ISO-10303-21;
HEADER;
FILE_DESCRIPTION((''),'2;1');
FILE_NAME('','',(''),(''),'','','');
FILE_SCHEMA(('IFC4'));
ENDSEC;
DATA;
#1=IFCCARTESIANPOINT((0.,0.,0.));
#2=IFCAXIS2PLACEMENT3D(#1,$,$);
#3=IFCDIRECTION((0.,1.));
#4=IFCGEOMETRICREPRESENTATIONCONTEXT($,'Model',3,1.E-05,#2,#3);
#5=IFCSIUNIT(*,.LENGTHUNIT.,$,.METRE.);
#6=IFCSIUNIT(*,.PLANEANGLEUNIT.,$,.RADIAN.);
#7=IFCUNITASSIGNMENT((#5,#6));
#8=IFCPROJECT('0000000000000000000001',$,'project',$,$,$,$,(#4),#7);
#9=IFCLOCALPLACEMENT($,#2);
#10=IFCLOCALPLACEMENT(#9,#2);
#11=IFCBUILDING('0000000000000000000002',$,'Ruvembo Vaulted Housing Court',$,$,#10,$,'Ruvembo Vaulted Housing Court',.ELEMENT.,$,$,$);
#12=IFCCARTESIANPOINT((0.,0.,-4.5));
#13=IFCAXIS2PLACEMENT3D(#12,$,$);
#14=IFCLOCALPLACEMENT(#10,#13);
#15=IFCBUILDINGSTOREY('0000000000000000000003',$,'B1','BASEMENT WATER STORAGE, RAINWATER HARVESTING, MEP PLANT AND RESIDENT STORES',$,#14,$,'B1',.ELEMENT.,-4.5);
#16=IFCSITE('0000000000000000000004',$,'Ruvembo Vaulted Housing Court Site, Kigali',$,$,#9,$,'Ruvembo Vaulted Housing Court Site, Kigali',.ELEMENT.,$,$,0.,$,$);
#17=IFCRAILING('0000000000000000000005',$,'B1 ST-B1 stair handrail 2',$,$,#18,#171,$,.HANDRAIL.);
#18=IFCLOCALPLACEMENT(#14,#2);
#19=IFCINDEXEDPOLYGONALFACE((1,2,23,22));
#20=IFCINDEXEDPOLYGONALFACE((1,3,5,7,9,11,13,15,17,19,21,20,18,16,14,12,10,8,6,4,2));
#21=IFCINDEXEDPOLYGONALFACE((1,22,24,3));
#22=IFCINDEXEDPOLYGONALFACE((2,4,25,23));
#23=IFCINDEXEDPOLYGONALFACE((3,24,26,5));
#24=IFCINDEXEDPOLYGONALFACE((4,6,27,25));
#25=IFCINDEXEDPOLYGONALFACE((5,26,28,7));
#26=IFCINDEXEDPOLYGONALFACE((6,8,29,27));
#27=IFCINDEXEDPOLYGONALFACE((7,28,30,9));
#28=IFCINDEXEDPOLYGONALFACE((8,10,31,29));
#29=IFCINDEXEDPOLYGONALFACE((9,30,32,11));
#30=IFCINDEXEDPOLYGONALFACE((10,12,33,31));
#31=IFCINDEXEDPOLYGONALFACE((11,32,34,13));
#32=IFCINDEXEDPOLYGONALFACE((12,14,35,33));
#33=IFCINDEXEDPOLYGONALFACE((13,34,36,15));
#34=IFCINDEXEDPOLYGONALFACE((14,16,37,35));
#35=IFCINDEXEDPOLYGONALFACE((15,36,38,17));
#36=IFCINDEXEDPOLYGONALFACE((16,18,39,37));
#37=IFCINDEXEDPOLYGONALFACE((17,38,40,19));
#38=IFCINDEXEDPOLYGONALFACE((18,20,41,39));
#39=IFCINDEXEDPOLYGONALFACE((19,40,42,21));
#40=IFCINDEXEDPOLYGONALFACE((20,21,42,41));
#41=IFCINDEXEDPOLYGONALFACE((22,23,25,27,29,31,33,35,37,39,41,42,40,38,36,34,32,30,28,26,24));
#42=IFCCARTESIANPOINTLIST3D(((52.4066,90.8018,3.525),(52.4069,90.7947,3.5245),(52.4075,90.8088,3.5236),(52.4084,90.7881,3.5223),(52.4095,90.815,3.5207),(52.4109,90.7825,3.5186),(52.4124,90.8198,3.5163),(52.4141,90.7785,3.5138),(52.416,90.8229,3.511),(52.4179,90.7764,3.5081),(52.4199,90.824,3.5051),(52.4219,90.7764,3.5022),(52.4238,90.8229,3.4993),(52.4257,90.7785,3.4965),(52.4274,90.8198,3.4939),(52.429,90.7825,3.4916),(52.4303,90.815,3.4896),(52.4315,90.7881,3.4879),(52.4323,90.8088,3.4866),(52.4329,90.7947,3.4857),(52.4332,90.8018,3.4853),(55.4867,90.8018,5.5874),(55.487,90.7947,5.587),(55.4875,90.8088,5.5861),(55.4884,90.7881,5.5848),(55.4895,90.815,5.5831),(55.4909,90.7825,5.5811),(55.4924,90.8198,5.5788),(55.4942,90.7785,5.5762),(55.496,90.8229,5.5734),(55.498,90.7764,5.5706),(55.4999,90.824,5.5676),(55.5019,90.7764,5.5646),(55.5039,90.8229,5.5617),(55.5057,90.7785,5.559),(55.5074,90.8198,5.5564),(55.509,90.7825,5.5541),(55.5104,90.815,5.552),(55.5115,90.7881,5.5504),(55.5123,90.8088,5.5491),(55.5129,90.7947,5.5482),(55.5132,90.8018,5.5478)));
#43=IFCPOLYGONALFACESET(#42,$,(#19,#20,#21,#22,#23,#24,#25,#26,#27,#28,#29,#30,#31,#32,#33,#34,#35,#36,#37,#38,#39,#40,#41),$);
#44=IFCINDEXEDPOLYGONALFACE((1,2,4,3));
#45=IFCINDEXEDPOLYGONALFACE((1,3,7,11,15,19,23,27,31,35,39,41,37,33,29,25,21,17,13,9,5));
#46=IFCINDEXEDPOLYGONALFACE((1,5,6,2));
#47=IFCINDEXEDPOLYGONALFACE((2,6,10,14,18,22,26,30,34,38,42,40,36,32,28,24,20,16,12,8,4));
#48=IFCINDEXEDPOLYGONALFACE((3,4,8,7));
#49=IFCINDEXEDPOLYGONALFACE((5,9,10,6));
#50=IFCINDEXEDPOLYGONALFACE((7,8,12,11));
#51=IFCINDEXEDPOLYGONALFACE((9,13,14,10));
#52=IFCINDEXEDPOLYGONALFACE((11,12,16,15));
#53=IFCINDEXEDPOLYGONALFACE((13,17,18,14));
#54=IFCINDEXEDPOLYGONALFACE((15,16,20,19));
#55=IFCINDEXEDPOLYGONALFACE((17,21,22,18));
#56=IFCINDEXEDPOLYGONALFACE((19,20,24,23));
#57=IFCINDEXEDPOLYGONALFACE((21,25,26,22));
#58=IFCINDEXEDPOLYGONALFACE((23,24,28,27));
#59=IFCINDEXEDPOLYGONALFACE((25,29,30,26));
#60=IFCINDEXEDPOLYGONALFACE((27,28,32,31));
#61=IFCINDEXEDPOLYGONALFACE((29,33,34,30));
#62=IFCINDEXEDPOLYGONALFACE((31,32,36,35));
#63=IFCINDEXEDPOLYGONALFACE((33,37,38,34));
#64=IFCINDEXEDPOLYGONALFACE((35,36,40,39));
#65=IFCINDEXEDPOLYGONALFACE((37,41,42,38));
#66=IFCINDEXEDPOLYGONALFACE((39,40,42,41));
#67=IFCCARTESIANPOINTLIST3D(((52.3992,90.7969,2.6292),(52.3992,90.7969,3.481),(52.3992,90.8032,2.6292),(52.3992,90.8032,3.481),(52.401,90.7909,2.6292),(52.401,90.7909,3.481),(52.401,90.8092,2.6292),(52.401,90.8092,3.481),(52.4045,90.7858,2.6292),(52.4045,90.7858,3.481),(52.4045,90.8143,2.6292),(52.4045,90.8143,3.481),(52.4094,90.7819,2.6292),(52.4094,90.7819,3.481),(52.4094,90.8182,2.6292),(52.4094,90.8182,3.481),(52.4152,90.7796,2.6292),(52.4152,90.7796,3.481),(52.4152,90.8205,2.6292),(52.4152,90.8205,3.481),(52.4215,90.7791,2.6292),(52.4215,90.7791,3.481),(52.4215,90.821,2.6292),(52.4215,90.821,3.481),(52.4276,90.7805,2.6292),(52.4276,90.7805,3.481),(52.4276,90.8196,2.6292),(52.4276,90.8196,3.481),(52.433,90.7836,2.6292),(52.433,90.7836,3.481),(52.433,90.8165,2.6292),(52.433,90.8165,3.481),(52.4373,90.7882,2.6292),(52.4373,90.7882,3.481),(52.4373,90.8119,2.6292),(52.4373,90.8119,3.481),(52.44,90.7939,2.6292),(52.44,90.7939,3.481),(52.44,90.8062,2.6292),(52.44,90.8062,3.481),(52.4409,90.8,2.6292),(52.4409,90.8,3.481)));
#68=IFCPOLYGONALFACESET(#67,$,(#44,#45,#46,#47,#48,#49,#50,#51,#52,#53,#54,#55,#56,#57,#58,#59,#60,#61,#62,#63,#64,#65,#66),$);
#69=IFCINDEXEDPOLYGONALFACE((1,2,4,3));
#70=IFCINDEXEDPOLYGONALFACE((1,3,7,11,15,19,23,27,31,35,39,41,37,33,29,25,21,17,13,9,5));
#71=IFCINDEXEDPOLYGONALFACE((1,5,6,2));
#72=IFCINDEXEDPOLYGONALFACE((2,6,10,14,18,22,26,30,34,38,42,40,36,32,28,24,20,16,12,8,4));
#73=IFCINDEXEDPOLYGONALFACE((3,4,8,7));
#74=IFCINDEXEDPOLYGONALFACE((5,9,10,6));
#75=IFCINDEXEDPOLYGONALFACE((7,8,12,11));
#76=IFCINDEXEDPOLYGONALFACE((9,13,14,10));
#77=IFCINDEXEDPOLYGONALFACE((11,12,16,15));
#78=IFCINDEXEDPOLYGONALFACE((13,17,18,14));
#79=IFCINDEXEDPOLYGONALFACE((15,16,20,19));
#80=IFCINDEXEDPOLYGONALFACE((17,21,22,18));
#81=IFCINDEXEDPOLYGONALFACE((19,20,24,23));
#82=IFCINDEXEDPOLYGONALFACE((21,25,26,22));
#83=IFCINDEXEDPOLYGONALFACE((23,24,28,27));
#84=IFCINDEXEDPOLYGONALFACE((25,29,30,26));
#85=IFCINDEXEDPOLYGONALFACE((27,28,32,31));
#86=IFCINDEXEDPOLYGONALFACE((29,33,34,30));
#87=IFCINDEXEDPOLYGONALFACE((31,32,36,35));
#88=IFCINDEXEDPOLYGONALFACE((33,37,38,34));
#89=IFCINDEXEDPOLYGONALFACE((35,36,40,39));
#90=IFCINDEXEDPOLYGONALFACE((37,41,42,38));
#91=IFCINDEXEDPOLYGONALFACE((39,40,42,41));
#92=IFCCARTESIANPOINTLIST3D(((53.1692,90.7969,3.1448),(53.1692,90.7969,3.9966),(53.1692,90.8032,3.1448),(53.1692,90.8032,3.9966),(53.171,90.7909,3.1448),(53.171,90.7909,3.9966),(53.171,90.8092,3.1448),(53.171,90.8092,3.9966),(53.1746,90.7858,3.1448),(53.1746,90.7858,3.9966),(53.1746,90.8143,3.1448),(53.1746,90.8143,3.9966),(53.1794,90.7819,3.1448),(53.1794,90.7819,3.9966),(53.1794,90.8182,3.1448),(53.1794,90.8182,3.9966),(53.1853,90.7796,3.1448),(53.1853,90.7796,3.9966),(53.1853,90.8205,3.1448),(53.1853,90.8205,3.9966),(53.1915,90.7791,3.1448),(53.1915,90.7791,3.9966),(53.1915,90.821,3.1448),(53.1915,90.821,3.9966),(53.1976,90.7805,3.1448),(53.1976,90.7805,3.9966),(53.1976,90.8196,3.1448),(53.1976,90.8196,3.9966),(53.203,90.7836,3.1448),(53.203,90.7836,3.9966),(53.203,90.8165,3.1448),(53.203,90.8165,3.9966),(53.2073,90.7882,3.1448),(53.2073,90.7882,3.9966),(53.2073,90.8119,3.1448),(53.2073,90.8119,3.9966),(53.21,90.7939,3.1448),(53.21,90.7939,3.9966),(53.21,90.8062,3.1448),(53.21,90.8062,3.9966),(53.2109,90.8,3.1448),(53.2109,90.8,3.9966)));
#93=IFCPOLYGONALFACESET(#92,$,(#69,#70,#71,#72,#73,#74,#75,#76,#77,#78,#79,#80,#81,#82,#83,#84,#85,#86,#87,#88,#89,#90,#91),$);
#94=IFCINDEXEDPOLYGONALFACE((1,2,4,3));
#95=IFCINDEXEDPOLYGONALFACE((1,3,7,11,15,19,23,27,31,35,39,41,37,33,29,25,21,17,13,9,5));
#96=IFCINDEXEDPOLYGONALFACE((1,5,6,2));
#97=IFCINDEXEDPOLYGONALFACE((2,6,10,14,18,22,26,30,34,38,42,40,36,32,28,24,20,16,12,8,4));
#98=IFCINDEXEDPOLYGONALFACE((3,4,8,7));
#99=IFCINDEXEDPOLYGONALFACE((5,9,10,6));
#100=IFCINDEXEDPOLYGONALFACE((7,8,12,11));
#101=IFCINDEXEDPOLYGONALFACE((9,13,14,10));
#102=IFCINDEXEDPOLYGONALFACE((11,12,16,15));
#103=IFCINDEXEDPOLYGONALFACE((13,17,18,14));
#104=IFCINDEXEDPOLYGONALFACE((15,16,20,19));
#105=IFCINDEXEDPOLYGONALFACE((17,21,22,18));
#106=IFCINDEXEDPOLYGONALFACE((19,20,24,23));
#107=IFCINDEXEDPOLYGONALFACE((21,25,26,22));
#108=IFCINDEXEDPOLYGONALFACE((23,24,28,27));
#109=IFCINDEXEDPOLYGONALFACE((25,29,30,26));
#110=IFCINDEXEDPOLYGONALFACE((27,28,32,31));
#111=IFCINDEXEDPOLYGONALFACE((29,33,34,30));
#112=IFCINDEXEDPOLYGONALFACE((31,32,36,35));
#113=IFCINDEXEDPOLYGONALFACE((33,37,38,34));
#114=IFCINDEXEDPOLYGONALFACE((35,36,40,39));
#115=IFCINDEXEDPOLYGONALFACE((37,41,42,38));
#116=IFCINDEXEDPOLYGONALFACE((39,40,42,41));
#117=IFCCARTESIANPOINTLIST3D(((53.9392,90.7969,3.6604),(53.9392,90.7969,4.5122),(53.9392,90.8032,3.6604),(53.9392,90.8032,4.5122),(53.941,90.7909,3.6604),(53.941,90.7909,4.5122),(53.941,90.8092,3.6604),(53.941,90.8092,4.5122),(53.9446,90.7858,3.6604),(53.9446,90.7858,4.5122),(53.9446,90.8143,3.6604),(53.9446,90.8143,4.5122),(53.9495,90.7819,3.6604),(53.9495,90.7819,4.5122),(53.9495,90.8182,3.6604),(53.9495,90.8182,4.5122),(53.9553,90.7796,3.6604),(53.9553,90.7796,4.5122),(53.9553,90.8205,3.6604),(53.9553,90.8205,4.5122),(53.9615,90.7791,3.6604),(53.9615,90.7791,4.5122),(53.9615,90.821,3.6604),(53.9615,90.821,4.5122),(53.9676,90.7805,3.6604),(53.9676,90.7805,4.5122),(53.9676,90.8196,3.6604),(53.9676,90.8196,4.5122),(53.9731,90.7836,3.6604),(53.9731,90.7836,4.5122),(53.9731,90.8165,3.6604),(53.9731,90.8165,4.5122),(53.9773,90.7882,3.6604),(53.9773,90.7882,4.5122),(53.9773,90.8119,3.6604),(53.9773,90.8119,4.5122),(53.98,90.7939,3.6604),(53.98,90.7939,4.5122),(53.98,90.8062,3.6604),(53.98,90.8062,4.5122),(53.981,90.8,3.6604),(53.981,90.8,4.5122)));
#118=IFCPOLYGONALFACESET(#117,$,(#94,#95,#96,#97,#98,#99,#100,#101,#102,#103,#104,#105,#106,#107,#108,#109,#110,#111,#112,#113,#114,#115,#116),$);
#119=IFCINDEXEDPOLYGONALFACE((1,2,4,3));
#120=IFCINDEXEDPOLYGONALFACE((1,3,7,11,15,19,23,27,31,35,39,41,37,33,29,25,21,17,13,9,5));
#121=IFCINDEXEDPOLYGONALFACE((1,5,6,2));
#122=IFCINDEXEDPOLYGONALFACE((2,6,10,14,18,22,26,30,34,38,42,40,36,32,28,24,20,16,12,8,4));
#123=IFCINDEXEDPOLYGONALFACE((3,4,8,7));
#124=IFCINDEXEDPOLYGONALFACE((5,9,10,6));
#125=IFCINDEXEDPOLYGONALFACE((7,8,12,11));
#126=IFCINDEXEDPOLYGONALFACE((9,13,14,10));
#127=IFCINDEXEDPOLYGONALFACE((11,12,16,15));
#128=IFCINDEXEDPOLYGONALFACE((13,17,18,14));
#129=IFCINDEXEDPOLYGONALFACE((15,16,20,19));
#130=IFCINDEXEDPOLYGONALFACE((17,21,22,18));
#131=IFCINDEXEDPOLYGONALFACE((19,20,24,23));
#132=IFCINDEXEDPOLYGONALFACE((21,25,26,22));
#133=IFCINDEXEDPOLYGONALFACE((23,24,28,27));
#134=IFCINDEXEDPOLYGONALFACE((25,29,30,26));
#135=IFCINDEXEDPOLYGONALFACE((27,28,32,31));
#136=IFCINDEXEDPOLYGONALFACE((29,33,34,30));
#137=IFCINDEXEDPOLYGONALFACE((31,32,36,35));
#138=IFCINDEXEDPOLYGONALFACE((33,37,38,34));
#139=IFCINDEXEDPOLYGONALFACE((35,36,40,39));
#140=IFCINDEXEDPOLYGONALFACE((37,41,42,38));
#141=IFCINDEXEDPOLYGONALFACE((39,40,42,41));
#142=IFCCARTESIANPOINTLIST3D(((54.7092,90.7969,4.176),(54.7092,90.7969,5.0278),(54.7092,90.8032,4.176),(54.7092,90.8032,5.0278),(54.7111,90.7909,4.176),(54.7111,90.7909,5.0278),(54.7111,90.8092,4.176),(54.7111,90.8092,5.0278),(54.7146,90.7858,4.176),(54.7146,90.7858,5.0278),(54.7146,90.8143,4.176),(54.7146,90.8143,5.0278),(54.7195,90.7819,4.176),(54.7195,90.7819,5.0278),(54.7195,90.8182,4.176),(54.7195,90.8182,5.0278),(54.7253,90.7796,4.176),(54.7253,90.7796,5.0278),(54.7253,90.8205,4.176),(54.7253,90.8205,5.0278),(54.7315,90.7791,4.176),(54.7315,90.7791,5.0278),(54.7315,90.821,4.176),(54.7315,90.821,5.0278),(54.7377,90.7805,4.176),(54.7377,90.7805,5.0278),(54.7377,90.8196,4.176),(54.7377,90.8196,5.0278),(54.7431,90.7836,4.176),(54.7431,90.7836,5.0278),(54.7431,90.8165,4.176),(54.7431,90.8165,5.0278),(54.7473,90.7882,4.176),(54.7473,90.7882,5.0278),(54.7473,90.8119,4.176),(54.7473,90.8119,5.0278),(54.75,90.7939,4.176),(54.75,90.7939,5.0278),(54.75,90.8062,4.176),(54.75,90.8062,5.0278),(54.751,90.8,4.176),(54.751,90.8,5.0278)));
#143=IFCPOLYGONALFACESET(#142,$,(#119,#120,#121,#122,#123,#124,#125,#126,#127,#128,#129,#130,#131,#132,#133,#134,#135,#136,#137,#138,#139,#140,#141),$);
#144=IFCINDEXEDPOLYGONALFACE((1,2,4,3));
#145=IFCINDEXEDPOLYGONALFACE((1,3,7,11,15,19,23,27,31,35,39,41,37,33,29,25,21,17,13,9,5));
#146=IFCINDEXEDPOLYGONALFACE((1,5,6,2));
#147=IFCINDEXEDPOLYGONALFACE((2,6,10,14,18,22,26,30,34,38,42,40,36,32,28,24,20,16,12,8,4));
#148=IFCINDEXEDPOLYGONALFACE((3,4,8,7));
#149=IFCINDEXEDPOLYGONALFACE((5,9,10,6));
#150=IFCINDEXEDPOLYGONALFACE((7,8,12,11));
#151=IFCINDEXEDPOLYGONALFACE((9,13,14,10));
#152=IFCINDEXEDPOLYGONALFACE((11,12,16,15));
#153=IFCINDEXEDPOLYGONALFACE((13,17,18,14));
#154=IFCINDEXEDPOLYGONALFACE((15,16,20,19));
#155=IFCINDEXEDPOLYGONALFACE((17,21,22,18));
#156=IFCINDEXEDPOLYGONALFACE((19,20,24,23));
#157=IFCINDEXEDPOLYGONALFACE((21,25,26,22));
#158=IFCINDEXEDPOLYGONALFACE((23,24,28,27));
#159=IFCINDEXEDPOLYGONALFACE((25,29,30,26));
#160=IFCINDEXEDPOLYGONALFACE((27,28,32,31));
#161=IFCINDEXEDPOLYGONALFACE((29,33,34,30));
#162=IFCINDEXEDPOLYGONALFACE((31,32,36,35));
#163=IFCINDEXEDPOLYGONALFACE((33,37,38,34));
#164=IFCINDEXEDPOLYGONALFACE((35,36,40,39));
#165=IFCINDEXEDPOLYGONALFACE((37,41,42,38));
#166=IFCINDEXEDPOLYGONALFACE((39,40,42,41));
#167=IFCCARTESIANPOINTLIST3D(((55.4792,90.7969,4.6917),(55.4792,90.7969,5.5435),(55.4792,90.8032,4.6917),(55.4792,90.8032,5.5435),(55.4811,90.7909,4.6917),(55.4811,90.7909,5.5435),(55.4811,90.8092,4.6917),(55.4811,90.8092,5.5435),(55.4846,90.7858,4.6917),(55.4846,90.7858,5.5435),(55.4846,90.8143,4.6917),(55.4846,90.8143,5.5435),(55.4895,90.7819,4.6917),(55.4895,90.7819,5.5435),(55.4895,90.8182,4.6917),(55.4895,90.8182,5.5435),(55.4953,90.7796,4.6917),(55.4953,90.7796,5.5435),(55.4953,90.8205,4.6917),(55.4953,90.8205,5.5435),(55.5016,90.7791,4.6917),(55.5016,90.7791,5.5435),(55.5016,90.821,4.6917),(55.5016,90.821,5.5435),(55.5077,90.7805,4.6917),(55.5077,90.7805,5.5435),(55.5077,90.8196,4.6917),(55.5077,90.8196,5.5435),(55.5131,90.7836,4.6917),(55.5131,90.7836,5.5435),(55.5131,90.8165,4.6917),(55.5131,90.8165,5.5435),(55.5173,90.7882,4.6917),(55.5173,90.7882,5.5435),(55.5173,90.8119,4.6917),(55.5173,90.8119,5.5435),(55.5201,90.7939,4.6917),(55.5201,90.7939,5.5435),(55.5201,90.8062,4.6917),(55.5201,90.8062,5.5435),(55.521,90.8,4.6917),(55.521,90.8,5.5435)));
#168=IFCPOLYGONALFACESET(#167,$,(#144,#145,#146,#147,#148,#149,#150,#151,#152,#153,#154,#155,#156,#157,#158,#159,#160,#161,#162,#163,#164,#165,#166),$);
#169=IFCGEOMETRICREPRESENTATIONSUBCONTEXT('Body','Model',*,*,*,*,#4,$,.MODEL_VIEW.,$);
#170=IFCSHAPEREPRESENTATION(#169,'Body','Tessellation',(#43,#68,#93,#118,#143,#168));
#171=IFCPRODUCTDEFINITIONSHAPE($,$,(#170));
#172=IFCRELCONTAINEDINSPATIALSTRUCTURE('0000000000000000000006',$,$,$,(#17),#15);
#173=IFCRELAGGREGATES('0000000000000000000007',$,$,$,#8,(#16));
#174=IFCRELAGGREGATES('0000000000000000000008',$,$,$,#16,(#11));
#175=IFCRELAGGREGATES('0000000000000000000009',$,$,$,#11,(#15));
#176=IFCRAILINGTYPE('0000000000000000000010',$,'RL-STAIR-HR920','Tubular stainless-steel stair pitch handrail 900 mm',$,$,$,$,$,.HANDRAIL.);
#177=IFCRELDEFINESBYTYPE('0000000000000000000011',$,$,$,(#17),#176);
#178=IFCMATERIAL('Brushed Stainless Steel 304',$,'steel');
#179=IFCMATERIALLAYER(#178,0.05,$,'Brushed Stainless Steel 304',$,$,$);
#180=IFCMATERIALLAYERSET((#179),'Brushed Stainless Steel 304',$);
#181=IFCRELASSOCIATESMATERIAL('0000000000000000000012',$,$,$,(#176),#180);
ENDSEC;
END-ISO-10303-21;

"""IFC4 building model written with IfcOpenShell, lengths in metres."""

from ifc_helpers import new_model, si_unit, direction, frame, origin, origin_2d, place, context, subcontext, project, spatial, circle, extrude, material, layer, layer_set, type_object, element, save


model = new_model("IFC4")

# Units and contexts
model_context = context("Model", 3, precision=1e-05, world=origin(), true_north=direction((0.0, 1.0)))
body_context = subcontext(model_context, "Body", "Model", "MODEL_VIEW")
ifc_project = project(units=[si_unit("LENGTHUNIT", "METRE"), si_unit("PLANEANGLEUNIT", "RADIAN")], contexts=[model_context])

# Site, building, storey
site_placement = place(None, origin())
site = spatial("IfcSite", under=ifc_project, at=site_placement, Name="Ruvembo Vaulted Housing Court Site, Kigali", LongName="Ruvembo Vaulted Housing Court Site, Kigali", CompositionType="ELEMENT", RefElevation=0.0)
building_placement = place(site_placement, origin())
building = spatial("IfcBuilding", under=site, at=building_placement, Name="Ruvembo Vaulted Housing Court", LongName="Ruvembo Vaulted Housing Court", CompositionType="ELEMENT")
storey_placement = place(building_placement, frame((0.0, 0.0, -4.5)))
storey = spatial("IfcBuildingStorey", under=building, at=storey_placement, Name="B1", Description="BASEMENT WATER STORAGE, RAINWATER HARVESTING, MEP PLANT AND RESIDENT STORES", LongName="B1", CompositionType="ELEMENT", Elevation=-4.5)

# Railing
ifc_material_1 = material(Name="Brushed Stainless Steel 304", Category="steel")
ifc_layer_1 = layer(ifc_material_1, 0.05, Name="Brushed Stainless Steel 304")
ifc_layer_set_1 = layer_set([ifc_layer_1], Name="Brushed Stainless Steel 304")
railing_type_1 = type_object("IfcRailingType", Name="RL-STAIR-HR920", Description="Tubular stainless-steel stair pitch handrail 900 mm", PredefinedType="HANDRAIL", material=ifc_layer_set_1)
railing_1_placement = place(storey_placement, frame((52.4199, 90.8, 2.6292)))
element("IfcRailing", 1, at=railing_1_placement, inside=storey, type_object=railing_type_1, Name="B1 ST-B1 stair handrail 2", PredefinedType="HANDRAIL", context=body_context, shape_type="SweptSolid", body=[
    extrude(circle(Radius=0.0239, at=origin_2d()), frame((0.0, 0.0, 0.876), z_axis=(0.830914, 0.0, 0.556401), x_axis=(0.0, 1.0, 0.0)), (0.0, 0.0, 1.0), 3.7068),
    extrude(circle(Radius=0.021, at=origin_2d()), origin(), (0.0, 0.0, 1.0), 0.8518),
    extrude(circle(Radius=0.021, at=origin_2d()), frame((0.77, 0.0, 0.5156)), (0.0, 0.0, 1.0), 0.8518),
    extrude(circle(Radius=0.021, at=origin_2d()), frame((1.54, 0.0, 1.0312)), (0.0, 0.0, 1.0), 0.8518),
    extrude(circle(Radius=0.021, at=origin_2d()), frame((2.3101, 0.0, 1.5469)), (0.0, 0.0, 1.0), 0.8518),
    extrude(circle(Radius=0.021, at=origin_2d()), frame((3.0801, 0.0, 2.0625)), (0.0, 0.0, 1.0), 0.8518),
])

save(model, "model.ifc")
